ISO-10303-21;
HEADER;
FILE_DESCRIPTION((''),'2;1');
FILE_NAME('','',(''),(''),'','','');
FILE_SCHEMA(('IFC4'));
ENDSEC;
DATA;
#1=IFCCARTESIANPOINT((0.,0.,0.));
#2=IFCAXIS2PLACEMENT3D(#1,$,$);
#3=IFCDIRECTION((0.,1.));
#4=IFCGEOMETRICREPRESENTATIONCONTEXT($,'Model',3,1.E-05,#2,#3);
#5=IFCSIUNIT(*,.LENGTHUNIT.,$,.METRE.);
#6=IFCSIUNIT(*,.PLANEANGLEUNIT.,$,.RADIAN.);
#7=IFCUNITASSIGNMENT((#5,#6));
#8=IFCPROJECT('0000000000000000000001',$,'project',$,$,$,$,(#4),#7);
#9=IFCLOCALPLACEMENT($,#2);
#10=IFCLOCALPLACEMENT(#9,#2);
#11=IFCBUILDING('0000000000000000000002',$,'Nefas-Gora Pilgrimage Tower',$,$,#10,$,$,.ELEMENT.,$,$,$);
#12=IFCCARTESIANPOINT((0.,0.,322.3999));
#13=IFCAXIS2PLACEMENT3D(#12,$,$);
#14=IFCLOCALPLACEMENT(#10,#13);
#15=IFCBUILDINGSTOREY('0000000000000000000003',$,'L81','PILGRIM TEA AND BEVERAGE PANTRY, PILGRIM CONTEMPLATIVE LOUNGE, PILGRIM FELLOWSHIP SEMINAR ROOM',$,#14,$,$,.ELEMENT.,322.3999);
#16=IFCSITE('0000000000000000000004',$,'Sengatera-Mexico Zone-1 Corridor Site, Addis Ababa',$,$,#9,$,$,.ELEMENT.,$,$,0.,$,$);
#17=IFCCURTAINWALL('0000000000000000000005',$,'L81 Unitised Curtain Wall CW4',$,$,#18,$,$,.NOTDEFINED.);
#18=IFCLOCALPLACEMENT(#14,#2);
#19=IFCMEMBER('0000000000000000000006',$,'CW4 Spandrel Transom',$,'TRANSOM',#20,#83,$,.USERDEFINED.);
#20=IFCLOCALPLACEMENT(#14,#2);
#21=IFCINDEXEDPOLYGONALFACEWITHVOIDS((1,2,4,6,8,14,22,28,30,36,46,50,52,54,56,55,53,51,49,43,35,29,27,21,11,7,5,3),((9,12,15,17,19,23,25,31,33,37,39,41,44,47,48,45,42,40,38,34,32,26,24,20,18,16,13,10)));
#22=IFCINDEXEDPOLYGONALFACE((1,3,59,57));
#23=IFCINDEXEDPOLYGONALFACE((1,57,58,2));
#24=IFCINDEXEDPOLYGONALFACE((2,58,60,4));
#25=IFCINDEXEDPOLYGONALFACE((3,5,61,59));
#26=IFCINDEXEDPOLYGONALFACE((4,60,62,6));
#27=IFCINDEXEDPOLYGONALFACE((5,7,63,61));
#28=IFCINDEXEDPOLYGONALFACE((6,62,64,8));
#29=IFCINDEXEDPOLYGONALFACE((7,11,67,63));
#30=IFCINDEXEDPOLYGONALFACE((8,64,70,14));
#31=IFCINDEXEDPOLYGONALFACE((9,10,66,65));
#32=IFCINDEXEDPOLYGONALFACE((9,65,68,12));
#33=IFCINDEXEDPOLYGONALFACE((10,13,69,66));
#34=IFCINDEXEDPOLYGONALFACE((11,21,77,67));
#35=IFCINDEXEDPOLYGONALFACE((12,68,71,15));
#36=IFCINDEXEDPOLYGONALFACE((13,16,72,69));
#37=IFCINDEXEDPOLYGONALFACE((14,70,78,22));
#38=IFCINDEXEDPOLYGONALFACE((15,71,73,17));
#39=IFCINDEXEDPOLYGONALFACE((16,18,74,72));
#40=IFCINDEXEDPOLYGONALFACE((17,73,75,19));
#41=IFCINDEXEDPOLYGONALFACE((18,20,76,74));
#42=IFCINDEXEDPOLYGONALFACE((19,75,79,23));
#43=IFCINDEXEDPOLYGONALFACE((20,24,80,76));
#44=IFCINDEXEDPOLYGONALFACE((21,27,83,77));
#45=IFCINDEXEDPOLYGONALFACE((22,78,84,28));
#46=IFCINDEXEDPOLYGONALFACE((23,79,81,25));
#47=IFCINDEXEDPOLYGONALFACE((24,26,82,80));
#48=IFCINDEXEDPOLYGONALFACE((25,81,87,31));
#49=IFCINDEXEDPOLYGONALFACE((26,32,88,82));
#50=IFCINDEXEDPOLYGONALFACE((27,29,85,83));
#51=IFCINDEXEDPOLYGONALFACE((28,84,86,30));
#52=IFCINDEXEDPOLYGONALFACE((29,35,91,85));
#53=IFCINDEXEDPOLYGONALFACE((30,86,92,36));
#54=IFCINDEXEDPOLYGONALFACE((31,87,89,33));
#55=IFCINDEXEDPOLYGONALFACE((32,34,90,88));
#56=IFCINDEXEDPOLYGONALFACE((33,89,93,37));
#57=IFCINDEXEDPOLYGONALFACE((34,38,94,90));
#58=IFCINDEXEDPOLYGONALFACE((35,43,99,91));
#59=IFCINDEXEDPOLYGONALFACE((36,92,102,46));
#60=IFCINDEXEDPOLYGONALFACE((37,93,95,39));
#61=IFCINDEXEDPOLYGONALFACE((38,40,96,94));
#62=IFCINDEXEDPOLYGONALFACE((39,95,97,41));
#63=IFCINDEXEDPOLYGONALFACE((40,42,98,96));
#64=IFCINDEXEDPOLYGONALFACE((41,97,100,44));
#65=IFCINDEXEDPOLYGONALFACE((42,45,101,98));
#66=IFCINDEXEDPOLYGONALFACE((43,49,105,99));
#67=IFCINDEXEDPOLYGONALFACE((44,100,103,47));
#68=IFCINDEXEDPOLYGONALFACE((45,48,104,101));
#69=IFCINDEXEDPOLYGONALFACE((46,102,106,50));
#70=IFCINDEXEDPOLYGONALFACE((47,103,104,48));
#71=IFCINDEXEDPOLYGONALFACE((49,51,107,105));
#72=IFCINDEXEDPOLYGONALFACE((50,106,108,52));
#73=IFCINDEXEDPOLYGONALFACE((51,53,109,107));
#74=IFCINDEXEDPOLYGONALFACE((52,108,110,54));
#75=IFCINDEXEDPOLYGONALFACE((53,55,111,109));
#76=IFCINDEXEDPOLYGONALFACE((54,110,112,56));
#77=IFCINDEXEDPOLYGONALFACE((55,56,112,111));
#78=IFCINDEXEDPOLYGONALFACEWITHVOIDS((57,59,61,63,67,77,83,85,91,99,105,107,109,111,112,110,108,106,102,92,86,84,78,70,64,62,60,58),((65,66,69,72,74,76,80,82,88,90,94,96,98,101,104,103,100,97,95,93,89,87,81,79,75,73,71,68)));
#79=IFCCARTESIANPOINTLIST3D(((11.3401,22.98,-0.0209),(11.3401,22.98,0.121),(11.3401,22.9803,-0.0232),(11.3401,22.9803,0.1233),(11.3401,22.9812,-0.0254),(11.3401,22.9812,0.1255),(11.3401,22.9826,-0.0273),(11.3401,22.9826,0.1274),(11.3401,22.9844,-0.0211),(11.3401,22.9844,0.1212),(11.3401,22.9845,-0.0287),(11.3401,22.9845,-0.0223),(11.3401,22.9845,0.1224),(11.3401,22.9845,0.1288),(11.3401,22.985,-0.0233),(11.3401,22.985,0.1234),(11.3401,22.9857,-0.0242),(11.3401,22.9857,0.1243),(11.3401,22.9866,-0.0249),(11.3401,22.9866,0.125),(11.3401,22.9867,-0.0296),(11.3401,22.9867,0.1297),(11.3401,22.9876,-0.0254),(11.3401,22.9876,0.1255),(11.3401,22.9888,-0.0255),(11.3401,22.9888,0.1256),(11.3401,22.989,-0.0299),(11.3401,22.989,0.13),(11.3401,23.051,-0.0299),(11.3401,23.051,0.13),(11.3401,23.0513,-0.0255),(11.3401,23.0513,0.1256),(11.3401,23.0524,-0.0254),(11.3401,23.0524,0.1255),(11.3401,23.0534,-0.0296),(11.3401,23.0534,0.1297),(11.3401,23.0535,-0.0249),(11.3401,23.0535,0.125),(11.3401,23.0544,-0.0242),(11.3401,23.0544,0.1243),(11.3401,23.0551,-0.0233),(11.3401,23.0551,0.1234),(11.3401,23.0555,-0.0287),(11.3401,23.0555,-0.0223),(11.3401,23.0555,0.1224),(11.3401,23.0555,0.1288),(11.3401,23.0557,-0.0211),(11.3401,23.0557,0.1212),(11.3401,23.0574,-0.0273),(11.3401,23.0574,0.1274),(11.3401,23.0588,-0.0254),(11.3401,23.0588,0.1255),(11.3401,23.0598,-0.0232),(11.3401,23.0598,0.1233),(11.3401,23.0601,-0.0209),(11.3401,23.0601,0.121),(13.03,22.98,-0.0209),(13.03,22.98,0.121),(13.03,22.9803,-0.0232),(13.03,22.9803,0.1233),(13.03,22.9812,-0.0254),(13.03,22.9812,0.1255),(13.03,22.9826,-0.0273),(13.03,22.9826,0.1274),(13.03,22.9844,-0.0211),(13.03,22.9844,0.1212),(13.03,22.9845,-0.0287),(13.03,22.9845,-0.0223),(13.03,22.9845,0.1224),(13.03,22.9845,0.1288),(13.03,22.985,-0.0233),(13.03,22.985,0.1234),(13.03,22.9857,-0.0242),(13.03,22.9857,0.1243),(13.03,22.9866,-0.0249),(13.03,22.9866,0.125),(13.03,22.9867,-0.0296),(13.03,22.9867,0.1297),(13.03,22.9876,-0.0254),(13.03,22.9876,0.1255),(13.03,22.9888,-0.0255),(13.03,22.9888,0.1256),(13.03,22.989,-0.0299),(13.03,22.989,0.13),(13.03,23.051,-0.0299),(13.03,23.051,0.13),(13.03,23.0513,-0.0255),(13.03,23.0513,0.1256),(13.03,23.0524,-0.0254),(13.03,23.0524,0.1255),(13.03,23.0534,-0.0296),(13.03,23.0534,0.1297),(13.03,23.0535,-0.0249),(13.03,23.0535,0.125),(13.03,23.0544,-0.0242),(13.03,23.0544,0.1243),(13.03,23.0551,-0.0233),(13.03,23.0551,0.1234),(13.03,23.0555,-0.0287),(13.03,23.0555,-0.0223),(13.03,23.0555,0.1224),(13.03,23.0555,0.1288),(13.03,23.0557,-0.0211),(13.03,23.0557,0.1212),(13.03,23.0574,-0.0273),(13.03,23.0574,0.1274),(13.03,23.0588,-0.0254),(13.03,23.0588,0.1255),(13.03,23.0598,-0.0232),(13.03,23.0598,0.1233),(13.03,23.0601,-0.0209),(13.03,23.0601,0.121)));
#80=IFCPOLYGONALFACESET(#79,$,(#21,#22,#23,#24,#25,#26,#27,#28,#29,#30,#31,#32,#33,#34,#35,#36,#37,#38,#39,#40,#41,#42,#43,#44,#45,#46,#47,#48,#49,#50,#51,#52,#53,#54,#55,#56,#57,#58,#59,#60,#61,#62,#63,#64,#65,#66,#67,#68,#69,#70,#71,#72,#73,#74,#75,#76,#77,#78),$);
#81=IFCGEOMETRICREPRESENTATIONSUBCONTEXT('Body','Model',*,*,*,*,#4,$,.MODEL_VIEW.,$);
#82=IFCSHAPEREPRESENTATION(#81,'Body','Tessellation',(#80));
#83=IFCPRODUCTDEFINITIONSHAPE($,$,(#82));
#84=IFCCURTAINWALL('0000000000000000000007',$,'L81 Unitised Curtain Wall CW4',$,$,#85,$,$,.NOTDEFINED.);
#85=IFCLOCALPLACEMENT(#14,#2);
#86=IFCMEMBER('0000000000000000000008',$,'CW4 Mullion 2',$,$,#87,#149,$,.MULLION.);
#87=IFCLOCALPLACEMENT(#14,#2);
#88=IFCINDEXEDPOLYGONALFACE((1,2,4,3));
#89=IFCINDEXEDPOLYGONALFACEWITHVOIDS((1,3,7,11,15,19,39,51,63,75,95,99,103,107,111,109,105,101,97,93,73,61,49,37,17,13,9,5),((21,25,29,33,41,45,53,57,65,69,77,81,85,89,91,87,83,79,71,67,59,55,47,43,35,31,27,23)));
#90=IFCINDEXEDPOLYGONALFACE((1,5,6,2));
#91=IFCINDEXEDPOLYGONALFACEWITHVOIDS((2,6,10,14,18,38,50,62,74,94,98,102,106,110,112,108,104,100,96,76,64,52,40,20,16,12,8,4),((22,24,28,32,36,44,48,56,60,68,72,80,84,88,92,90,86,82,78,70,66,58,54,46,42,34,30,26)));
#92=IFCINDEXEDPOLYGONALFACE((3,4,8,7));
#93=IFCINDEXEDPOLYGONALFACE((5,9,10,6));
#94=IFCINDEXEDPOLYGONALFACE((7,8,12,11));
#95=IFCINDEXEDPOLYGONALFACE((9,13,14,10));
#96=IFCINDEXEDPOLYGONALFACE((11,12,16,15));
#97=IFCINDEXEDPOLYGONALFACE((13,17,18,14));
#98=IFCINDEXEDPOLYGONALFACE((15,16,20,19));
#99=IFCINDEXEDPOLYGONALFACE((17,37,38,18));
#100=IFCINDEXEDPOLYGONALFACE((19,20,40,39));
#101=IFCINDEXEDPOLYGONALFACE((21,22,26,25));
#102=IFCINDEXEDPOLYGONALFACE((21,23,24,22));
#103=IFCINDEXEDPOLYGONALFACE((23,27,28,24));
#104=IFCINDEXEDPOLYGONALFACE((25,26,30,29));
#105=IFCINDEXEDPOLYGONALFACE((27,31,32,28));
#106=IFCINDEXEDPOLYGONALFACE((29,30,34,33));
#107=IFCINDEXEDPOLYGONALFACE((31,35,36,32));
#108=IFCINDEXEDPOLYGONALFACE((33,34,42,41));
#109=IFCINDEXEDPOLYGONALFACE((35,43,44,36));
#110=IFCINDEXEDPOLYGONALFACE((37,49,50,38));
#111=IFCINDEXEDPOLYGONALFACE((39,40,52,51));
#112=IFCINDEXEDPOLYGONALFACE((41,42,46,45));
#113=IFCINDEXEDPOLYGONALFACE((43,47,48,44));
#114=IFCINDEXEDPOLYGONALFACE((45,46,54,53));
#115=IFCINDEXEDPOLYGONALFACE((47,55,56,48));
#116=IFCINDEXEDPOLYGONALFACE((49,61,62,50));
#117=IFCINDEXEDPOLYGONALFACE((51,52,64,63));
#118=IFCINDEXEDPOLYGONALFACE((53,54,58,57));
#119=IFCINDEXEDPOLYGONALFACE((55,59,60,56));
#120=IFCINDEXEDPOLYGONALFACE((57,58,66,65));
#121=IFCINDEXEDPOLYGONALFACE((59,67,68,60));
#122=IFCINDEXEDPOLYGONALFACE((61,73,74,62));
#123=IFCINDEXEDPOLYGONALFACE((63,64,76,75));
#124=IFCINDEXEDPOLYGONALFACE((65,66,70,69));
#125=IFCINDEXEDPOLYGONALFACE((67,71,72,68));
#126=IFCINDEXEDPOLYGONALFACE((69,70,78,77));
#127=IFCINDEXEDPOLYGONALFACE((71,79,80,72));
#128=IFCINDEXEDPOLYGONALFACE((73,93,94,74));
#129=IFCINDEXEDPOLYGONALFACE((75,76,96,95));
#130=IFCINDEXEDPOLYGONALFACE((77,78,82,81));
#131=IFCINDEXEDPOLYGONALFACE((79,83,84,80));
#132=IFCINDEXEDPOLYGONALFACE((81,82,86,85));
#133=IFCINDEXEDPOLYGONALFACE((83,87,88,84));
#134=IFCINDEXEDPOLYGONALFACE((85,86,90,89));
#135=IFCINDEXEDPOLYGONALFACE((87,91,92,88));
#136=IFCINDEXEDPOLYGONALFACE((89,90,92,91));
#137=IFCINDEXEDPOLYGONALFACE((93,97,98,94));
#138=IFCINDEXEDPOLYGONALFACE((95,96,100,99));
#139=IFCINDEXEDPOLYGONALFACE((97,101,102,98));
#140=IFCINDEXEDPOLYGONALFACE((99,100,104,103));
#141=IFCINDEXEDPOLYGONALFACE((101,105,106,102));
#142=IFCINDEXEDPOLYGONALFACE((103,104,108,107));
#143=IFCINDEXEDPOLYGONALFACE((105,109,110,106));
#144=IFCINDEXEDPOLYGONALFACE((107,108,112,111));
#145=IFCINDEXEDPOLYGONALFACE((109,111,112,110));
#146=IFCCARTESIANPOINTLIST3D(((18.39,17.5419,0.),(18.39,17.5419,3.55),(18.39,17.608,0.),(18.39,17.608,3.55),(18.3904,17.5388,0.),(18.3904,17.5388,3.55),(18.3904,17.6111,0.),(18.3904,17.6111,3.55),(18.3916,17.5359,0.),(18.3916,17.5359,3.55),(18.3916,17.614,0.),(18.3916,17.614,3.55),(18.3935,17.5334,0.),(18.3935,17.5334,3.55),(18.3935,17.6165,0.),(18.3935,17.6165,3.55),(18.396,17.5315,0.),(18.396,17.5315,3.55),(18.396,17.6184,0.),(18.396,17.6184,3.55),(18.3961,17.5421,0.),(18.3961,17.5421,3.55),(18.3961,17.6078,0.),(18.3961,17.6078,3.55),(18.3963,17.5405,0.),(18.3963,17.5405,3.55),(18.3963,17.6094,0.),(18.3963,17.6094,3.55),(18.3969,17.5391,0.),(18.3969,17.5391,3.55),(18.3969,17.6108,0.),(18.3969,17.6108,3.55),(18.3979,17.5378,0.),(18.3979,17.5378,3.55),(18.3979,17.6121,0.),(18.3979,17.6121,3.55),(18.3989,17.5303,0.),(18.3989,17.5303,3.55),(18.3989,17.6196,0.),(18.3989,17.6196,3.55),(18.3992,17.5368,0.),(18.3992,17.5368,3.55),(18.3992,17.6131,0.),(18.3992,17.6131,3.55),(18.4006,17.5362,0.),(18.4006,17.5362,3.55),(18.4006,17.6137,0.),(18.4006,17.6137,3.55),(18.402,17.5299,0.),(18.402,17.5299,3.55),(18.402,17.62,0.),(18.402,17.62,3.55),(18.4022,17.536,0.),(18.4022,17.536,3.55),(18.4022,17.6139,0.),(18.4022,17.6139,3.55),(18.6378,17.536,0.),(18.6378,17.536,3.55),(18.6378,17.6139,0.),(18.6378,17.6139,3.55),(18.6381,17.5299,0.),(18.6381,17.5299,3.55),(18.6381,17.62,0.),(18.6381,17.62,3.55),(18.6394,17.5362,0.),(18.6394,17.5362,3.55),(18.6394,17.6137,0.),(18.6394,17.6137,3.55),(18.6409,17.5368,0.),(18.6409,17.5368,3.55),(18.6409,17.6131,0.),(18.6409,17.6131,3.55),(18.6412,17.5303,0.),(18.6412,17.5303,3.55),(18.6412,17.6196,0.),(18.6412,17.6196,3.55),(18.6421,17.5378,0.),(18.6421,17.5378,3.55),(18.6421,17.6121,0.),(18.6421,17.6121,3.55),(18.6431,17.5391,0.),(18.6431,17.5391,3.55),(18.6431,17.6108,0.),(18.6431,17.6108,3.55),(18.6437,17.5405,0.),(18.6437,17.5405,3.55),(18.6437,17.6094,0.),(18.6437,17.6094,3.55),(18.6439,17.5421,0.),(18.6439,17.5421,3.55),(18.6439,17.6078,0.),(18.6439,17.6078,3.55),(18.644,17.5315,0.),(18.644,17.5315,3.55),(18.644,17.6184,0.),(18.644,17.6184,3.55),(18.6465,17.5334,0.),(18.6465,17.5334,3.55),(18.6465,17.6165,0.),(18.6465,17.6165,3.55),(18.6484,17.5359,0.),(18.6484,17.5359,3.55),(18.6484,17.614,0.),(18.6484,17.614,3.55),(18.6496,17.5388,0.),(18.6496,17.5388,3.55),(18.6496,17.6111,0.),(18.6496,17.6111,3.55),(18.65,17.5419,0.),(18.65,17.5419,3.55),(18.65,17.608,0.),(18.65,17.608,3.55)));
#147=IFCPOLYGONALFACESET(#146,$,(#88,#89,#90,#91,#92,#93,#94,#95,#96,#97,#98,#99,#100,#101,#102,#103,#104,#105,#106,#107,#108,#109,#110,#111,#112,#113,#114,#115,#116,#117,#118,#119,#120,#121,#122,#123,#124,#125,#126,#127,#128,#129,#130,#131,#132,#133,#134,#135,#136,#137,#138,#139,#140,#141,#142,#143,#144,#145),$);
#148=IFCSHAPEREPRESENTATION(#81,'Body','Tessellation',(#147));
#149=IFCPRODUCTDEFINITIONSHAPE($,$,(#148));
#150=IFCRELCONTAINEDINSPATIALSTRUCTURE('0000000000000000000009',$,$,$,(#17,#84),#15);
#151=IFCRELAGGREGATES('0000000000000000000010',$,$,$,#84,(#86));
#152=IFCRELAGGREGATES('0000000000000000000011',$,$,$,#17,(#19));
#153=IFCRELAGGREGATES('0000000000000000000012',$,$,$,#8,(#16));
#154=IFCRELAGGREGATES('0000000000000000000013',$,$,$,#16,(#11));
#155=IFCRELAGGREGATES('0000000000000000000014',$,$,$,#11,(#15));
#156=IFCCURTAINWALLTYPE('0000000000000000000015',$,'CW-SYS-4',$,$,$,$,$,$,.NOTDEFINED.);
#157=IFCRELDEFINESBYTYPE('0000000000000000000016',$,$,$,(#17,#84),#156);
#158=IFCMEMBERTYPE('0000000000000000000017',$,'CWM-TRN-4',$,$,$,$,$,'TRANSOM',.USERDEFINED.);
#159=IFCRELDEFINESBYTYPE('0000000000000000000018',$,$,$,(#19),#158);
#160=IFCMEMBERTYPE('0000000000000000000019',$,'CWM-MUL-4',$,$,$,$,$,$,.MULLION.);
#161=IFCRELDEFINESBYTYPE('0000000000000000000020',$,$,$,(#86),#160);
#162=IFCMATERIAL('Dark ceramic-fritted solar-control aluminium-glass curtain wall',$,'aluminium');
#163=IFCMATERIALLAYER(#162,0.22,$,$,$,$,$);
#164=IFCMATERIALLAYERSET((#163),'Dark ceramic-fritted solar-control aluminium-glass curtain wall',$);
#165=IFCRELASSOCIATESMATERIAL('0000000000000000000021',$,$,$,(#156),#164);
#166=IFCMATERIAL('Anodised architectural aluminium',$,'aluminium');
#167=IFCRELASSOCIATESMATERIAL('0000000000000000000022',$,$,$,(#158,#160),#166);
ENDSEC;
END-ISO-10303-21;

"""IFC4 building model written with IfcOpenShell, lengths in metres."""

from ifc_helpers import new_model, si_unit, direction, frame, origin, origin_2d, place, context, subcontext, project, spatial, hollow_rectangle, extrude, source, transform, mapped, material, layer, layer_set, material_profile, profile_set, type_object, element, aggregate, save


model = new_model("IFC4")

# Units and contexts
model_context = context("Model", 3, precision=1e-05, world=origin(), true_north=direction((0.0, 1.0)))
body_context = subcontext(model_context, "Body", "Model", "MODEL_VIEW")
ifc_project = project(units=[si_unit("LENGTHUNIT", "METRE"), si_unit("PLANEANGLEUNIT", "RADIAN")], contexts=[model_context])

# Site, building, storey
site_placement = place(None, origin())
site = spatial("IfcSite", under=ifc_project, at=site_placement, Name="Sengatera-Mexico Zone-1 Corridor Site, Addis Ababa", CompositionType="ELEMENT", RefElevation=0.0)
building_placement = place(site_placement, origin())
building = spatial("IfcBuilding", under=site, at=building_placement, Name="Nefas-Gora Pilgrimage Tower", CompositionType="ELEMENT")
storey_placement = place(building_placement, frame((0.0, 0.0, 322.3999)))
storey = spatial("IfcBuildingStorey", under=building, at=storey_placement, Name="L81", Description="PILGRIM TEA AND BEVERAGE PANTRY, PILGRIM CONTEMPLATIVE LOUNGE, PILGRIM FELLOWSHIP SEMINAR ROOM", CompositionType="ELEMENT", Elevation=322.3999)

# Shared definitions
ifc_material_1 = material(Name="Dark ceramic-fritted solar-control aluminium-glass curtain wall", Category="aluminium")
ifc_material_2 = material(Name="Anodised architectural aluminium", Category="aluminium")

# Curtain walls, members
ifc_layer_1 = layer(ifc_material_1, 0.22)
ifc_layer_set_1 = layer_set([ifc_layer_1], Name="Dark ceramic-fritted solar-control aluminium-glass curtain wall")
curtain_wall_type_1 = type_object("IfcCurtainWallType", Name="CW-SYS-4", PredefinedType="NOTDEFINED", material=ifc_layer_set_1)
curtain_wall_1_placement = place(storey_placement, origin())
curtain_wall_1 = element("IfcCurtainWall", 1, at=curtain_wall_1_placement, inside=storey, type_object=curtain_wall_type_1, Name="L81 Unitised Curtain Wall CW4", PredefinedType="NOTDEFINED")
ifc_material_profile_1 = material_profile(ifc_material_2, hollow_rectangle(XDim=0.0801, YDim=0.1599, WallThickness=0.0044, InnerFilletRadius=0.0044, OuterFilletRadius=0.009, at=origin_2d()), Name="ALU TRANSOM 80x160")
ifc_profile_set_1 = profile_set([ifc_material_profile_1], Name="Anodised architectural aluminium")
member_type_1 = type_object("IfcMemberType", Name="CWM-TRN-4", ElementType="TRANSOM", PredefinedType="USERDEFINED", material=ifc_profile_set_1)
shared_shape_1 = source(origin(), body_context, "Body", "SweptSolid", [
    extrude(hollow_rectangle(XDim=0.0801, YDim=0.1599, WallThickness=0.0044, InnerFilletRadius=0.0044, OuterFilletRadius=0.009, at=origin_2d()), origin(), (0.0, 0.0, 1.0), 1.6899),
])
member_1_placement = place(storey_placement, frame((13.03, 23.02, 0.05), z_axis=(-1.0, 0.0, 0.0), x_axis=(0.0, -1.0, 0.0)))
member_1 = element("IfcMember", 2, at=member_1_placement, type_object=member_type_1, Name="CW4 Spandrel Transom", ObjectType="TRANSOM", PredefinedType="USERDEFINED", context=body_context, shape_type="MappedRepresentation", body=[
    mapped(shared_shape_1, transform((0.0, 0.0, 0.0), x_axis=(1.0, 0.0, 0.0), y_axis=(0.0, 1.0, 0.0), z_axis=(0.0, 0.0, 1.0), scale=1.0)),
])
curtain_wall_2_placement = place(storey_placement, origin())
curtain_wall_2 = element("IfcCurtainWall", 3, at=curtain_wall_2_placement, inside=storey, type_object=curtain_wall_type_1, Name="L81 Unitised Curtain Wall CW4", PredefinedType="NOTDEFINED")
ifc_material_profile_2 = material_profile(ifc_material_2, hollow_rectangle(XDim=0.0901, YDim=0.26, WallThickness=0.0061, InnerFilletRadius=0.0061, OuterFilletRadius=0.012, at=origin_2d()), Name="ALU MULLION 90x260")
ifc_profile_set_2 = profile_set([ifc_material_profile_2], Name="Anodised architectural aluminium")
member_type_2 = type_object("IfcMemberType", Name="CWM-MUL-4", PredefinedType="MULLION", material=ifc_profile_set_2)
shared_shape_2 = source(origin(), body_context, "Body", "SweptSolid", [
    extrude(hollow_rectangle(XDim=0.0901, YDim=0.26, WallThickness=0.0061, InnerFilletRadius=0.0061, OuterFilletRadius=0.012, at=origin_2d()), origin(), (0.0, 0.0, 1.0), 3.55),
])
member_2_placement = place(storey_placement, frame((18.52, 17.575, 0.0), z_axis=(0.0, 0.0, 1.0), x_axis=(0.0, 1.0, 0.0)))
member_2 = element("IfcMember", 4, at=member_2_placement, type_object=member_type_2, Name="CW4 Mullion 2", PredefinedType="MULLION", context=body_context, shape_type="MappedRepresentation", body=[
    mapped(shared_shape_2, transform((0.0, 0.0, 0.0), x_axis=(1.0, 0.0, 0.0), y_axis=(0.0, 1.0, 0.0), z_axis=(0.0, 0.0, 1.0), scale=1.0)),
])

aggregate(curtain_wall_2, [member_2])
aggregate(curtain_wall_1, [member_1])

save(model, "model.ifc")
